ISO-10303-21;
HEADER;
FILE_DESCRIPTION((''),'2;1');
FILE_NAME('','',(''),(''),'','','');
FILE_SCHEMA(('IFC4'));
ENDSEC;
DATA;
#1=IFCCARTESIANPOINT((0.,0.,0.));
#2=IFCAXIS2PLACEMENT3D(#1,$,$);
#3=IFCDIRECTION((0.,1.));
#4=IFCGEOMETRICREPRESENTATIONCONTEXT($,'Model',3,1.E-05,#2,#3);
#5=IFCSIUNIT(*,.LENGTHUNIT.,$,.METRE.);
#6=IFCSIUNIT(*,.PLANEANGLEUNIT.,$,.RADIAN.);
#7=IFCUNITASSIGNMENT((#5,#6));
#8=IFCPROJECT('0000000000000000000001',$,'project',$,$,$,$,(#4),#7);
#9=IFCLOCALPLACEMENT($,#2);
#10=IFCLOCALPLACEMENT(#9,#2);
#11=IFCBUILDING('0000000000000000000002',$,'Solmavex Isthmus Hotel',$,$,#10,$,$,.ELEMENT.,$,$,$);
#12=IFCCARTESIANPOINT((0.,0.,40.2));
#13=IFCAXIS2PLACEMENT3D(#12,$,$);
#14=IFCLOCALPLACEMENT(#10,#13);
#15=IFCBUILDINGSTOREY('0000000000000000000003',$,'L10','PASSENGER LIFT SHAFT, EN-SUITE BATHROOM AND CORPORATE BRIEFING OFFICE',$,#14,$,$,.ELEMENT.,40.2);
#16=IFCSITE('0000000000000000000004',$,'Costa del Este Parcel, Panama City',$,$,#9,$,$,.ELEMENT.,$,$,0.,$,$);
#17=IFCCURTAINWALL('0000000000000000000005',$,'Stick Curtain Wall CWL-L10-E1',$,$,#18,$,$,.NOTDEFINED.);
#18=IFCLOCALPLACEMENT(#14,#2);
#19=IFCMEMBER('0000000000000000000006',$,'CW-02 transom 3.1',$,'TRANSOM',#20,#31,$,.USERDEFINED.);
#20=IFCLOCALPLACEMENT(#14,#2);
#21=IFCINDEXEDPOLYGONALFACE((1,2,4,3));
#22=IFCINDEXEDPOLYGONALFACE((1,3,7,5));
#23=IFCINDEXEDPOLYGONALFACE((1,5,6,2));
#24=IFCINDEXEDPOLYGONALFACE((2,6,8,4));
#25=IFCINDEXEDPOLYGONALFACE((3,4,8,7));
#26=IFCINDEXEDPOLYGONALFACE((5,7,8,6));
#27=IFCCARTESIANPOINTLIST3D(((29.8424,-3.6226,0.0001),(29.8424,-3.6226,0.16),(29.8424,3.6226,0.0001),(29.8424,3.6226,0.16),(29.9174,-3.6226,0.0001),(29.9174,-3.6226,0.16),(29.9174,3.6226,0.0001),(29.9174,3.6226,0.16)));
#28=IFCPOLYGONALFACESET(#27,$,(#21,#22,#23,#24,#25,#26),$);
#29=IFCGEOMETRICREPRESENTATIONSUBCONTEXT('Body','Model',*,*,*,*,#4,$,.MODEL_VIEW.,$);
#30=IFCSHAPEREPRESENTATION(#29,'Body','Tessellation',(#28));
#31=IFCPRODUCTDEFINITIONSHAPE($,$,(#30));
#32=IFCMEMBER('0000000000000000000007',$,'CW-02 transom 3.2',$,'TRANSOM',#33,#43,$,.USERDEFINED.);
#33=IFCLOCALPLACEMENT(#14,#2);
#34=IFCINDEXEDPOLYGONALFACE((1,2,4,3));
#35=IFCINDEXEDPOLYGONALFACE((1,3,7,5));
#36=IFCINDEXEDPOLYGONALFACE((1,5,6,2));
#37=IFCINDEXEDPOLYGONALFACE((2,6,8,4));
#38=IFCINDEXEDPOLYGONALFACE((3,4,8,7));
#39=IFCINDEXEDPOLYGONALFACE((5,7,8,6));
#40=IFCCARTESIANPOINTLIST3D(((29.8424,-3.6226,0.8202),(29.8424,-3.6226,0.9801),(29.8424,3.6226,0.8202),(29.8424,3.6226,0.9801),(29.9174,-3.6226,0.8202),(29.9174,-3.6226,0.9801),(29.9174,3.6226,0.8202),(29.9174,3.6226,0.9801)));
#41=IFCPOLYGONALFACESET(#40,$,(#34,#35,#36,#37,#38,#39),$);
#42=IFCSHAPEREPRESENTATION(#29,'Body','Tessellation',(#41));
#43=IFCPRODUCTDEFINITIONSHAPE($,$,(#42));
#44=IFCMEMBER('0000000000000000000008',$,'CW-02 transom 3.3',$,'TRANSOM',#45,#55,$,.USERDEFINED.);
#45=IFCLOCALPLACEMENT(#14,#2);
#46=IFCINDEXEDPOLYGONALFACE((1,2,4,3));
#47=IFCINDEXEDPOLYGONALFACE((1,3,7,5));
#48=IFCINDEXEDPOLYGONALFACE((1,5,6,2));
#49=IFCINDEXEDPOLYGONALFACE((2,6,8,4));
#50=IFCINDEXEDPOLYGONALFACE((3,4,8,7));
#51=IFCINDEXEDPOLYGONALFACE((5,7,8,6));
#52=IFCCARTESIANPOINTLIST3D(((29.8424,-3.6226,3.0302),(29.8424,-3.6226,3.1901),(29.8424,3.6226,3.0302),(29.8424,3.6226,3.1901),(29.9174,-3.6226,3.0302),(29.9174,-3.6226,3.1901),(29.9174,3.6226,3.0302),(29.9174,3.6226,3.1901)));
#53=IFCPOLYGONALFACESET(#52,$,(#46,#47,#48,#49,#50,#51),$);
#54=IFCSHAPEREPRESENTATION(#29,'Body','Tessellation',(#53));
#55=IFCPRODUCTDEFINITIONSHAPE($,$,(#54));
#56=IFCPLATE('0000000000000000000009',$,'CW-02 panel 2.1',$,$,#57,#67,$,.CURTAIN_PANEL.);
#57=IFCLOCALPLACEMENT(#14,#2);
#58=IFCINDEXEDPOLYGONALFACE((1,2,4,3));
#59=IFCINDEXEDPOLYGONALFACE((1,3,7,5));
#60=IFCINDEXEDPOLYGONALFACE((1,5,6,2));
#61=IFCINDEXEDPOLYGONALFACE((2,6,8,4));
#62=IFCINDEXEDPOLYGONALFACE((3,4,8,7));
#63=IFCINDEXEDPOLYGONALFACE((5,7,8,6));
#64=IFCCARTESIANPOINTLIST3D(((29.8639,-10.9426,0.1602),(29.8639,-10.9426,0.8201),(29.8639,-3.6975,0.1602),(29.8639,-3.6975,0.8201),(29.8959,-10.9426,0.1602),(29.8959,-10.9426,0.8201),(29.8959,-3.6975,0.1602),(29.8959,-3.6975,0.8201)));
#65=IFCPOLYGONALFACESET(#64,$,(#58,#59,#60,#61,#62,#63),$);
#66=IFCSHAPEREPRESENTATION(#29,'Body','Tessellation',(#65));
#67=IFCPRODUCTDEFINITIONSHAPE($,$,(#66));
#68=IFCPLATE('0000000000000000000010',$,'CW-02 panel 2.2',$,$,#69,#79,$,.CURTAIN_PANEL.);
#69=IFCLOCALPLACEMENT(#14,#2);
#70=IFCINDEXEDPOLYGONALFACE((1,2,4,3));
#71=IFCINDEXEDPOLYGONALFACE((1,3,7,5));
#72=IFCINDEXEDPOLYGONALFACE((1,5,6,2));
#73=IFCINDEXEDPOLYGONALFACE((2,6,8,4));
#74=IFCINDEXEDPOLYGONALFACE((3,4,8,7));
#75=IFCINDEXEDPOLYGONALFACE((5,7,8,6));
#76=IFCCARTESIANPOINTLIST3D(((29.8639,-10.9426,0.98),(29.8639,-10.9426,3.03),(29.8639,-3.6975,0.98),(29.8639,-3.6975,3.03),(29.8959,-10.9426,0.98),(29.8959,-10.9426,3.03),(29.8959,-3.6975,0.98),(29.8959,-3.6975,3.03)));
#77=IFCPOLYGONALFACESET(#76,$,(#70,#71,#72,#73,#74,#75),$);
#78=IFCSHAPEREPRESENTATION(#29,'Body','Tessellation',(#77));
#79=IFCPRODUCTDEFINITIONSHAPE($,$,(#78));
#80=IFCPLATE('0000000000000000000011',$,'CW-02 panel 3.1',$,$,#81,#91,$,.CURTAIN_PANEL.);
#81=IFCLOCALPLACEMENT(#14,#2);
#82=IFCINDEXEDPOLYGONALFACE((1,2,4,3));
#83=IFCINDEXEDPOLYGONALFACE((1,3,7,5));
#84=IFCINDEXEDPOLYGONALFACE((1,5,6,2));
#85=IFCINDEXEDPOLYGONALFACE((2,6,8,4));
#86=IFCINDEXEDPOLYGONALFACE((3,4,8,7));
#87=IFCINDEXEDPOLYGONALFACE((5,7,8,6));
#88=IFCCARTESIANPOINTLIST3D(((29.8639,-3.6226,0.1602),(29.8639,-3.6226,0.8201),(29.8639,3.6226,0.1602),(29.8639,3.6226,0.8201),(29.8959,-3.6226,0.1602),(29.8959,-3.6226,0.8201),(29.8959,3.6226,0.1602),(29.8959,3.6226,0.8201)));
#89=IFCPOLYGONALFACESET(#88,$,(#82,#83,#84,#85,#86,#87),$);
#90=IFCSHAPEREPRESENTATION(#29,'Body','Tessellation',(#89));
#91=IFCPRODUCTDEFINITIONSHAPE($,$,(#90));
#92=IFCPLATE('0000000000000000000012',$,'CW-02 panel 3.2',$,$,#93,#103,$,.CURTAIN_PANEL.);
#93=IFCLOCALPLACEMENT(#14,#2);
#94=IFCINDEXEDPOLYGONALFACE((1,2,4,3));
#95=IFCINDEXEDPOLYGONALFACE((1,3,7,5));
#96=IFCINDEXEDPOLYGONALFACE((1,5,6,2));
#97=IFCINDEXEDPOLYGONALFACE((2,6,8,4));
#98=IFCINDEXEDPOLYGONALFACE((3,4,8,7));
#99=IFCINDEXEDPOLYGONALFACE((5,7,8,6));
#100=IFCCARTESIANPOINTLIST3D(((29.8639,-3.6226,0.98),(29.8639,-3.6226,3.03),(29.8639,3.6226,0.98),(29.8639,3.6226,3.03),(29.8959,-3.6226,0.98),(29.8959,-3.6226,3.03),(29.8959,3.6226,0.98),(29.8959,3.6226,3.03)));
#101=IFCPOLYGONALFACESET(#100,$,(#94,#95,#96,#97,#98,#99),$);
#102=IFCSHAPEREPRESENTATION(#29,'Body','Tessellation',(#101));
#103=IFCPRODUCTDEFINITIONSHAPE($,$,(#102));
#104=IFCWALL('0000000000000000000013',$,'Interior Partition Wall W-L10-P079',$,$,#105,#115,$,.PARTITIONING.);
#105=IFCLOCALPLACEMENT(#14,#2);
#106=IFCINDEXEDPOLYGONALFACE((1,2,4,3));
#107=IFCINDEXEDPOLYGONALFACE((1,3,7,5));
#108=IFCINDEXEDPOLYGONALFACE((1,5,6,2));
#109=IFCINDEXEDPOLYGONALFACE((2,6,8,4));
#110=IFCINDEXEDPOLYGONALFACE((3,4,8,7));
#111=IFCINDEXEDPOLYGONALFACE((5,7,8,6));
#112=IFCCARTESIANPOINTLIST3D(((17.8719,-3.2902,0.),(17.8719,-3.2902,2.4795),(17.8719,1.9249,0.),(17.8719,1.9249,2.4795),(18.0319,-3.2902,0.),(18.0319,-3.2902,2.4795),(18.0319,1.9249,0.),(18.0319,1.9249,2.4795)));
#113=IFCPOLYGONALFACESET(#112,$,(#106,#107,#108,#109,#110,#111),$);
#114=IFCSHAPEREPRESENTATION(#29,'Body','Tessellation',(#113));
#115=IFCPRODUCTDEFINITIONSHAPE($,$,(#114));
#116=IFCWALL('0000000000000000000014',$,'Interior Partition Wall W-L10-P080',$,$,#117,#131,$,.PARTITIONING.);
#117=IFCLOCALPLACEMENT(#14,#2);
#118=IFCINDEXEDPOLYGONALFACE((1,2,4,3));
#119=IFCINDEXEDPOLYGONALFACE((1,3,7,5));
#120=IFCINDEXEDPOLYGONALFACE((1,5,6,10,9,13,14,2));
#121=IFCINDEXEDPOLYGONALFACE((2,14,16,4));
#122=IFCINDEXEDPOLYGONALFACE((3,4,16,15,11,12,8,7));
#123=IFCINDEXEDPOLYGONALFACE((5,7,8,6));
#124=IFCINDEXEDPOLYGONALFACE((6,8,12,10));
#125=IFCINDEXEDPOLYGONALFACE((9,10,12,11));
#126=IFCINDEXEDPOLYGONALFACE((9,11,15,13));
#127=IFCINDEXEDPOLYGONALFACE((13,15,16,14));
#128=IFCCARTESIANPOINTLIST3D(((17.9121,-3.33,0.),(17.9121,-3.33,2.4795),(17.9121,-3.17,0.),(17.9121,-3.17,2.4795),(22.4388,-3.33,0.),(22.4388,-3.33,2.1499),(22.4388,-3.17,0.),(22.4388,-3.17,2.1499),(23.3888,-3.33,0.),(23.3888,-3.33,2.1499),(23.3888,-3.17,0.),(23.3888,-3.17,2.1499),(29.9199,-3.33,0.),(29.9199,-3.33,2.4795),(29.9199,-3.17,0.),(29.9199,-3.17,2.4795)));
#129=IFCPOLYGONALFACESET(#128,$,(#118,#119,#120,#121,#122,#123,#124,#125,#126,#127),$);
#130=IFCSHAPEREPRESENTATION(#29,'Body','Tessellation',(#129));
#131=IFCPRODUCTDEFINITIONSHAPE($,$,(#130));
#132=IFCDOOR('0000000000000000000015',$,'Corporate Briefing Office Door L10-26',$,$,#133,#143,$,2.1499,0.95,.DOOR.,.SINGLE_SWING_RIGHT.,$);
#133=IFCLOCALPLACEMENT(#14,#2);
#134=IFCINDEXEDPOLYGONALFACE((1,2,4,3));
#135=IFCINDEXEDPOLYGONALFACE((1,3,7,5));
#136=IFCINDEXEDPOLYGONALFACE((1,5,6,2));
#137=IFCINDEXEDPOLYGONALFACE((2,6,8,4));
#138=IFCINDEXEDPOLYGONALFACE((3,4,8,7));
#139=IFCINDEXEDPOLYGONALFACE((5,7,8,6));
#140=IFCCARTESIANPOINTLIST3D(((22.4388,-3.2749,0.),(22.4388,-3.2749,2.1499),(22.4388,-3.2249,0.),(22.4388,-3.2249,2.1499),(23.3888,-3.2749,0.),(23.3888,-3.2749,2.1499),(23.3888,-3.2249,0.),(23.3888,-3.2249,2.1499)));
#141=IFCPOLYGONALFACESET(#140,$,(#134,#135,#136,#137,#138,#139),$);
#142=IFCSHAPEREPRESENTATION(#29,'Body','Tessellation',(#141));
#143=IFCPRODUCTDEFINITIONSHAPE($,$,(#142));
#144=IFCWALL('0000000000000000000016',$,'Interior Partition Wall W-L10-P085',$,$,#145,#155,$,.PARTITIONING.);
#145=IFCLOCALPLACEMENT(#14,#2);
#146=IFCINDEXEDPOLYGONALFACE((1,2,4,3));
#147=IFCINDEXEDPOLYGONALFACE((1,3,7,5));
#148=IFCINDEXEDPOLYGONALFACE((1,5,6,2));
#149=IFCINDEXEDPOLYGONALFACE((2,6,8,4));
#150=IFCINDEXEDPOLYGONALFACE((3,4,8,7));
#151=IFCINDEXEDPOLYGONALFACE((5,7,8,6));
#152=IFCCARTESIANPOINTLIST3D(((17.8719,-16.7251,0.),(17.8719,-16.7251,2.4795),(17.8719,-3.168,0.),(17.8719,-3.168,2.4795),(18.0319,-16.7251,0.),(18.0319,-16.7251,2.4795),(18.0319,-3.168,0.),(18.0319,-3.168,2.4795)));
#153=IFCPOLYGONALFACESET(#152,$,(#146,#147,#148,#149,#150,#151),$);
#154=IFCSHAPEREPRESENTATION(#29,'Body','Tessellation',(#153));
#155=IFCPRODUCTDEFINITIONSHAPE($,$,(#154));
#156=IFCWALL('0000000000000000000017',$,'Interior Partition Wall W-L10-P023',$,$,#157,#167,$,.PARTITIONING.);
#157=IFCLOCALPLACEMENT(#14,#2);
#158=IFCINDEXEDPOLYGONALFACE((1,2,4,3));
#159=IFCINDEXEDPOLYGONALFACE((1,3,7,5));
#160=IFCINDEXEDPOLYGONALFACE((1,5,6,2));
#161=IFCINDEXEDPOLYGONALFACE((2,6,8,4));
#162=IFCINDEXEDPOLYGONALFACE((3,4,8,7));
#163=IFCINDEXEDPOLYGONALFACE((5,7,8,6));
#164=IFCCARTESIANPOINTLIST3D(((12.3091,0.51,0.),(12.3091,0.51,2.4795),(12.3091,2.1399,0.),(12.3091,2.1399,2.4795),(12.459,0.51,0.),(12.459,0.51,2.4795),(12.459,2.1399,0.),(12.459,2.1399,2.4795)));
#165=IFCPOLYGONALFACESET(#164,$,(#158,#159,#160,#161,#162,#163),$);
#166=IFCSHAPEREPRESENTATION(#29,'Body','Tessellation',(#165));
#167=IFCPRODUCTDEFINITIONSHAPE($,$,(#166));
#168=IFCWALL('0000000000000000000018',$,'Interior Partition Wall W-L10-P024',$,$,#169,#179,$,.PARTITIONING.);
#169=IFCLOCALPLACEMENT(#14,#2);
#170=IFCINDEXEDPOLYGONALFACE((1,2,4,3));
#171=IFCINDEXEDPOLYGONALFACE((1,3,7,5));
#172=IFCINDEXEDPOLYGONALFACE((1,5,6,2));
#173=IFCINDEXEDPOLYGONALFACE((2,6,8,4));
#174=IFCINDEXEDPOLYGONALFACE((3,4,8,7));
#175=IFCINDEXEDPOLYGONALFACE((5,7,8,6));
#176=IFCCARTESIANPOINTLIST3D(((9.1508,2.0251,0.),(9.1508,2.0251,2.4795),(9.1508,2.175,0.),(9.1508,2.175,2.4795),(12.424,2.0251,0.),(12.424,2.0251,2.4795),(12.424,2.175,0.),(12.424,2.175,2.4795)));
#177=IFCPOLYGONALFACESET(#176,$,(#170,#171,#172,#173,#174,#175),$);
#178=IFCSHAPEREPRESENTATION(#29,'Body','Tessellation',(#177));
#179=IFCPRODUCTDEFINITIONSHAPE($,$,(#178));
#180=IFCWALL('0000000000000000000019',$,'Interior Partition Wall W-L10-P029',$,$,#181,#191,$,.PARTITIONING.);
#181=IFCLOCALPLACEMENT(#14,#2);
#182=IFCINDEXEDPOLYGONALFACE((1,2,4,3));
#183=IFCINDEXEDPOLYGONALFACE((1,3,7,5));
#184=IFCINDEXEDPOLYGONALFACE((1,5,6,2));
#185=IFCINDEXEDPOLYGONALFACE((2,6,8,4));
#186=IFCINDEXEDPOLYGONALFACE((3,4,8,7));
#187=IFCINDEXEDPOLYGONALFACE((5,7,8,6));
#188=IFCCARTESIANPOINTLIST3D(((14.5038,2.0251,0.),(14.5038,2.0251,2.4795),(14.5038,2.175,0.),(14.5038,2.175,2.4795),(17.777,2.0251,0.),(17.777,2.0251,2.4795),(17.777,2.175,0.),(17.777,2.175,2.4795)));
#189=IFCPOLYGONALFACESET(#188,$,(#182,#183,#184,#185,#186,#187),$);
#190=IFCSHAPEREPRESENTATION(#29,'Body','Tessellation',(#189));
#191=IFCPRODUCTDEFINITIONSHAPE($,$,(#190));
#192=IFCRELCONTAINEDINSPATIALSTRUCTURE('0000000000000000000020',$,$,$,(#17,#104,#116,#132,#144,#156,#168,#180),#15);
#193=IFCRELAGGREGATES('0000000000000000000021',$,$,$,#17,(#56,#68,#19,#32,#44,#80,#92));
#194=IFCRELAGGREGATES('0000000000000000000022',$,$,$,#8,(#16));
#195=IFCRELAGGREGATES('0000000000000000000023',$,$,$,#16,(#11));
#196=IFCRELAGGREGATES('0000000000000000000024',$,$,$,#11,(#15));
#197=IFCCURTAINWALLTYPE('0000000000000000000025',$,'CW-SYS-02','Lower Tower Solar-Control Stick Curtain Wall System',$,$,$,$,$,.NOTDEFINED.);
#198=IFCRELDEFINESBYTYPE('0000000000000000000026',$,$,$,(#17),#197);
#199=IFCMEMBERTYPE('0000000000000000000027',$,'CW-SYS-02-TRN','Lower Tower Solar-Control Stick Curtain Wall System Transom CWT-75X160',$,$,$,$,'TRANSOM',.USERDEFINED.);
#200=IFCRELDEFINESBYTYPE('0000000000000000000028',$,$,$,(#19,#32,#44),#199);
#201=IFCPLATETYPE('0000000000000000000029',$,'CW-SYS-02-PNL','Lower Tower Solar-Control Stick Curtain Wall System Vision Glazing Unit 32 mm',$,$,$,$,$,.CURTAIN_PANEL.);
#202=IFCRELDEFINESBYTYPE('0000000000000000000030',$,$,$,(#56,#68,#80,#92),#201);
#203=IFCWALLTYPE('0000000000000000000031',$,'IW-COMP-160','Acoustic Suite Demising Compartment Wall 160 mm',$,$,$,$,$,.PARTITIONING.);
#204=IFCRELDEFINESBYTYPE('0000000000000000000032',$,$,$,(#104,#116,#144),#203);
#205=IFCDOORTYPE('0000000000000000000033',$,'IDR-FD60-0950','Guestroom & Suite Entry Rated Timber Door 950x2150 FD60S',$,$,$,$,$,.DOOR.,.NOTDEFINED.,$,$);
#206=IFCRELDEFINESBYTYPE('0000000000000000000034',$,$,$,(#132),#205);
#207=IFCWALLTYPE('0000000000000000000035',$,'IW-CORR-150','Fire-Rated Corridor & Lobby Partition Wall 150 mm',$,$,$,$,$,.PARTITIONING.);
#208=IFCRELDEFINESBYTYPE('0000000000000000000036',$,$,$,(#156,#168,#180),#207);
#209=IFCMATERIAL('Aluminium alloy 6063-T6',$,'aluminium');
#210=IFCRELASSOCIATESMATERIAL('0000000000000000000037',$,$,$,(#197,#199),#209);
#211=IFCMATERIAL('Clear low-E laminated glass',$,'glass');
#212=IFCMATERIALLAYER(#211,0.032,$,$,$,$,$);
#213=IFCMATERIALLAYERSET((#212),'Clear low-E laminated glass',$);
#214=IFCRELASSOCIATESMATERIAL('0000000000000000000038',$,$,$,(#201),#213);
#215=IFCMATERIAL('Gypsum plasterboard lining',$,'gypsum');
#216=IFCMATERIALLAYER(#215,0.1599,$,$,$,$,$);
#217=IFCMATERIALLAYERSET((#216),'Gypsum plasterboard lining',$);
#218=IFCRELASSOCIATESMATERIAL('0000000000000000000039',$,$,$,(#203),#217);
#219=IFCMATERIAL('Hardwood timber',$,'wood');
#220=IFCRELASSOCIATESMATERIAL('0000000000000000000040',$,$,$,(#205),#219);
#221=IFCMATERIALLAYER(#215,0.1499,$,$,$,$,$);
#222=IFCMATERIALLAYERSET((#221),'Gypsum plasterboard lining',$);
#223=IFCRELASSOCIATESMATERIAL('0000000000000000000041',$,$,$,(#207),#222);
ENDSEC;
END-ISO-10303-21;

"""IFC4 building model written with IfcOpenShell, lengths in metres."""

from ifc_helpers import new_model, si_unit, direction, frame, frame_2d, origin, origin_2d, place, context, subcontext, project, spatial, rectangle, extrude, material, layer, layer_set, material_profile, profile_set, type_object, element, fill, aggregate, save


model = new_model("IFC4")

# Units and contexts
model_context = context("Model", 3, precision=1e-05, world=origin(), true_north=direction((0.0, 1.0)))
body_context = subcontext(model_context, "Body", "Model", "MODEL_VIEW")
ifc_project = project(units=[si_unit("LENGTHUNIT", "METRE"), si_unit("PLANEANGLEUNIT", "RADIAN")], contexts=[model_context])

# Site, building, storey
site_placement = place(None, origin())
site = spatial("IfcSite", under=ifc_project, at=site_placement, Name="Costa del Este Parcel, Panama City", CompositionType="ELEMENT", RefElevation=0.0)
building_placement = place(site_placement, origin())
building = spatial("IfcBuilding", under=site, at=building_placement, Name="Solmavex Isthmus Hotel", CompositionType="ELEMENT")
storey_placement = place(building_placement, frame((0.0, 0.0, 40.2)))
storey = spatial("IfcBuildingStorey", under=building, at=storey_placement, Name="L10", Description="PASSENGER LIFT SHAFT, EN-SUITE BATHROOM AND CORPORATE BRIEFING OFFICE", CompositionType="ELEMENT", Elevation=40.2)

# Curtain wall, members, plates
ifc_material_1 = material(Name="Aluminium alloy 6063-T6", Category="aluminium")
curtain_wall_type = type_object("IfcCurtainWallType", Name="CW-SYS-02", Description="Lower Tower Solar-Control Stick Curtain Wall System", PredefinedType="NOTDEFINED", material=ifc_material_1)
curtain_wall_placement = place(storey_placement, origin())
curtain_wall = element("IfcCurtainWall", 1, at=curtain_wall_placement, inside=storey, type_object=curtain_wall_type, Name="Stick Curtain Wall CWL-L10-E1", PredefinedType="NOTDEFINED")
ifc_material_profile_1 = material_profile(ifc_material_1, rectangle(XDim=0.075, YDim=0.1599, at=origin_2d()), Name="CWT-75X160")
ifc_profile_set_1 = profile_set([ifc_material_profile_1], Name="Aluminium alloy 6063-T6")
member_type_1 = type_object("IfcMemberType", Name="CW-SYS-02-TRN", Description="Lower Tower Solar-Control Stick Curtain Wall System Transom CWT-75X160", ElementType="TRANSOM", PredefinedType="USERDEFINED", material=ifc_profile_set_1)
member_1_placement = place(storey_placement, frame((29.8799, -3.6226, 0.0801), z_axis=(0.0, 1.0, 0.0), x_axis=(-1.0, 0.0, 0.0)))
member_1 = element("IfcMember", 2, at=member_1_placement, type_object=member_type_1, Name="CW-02 transom 3.1", ObjectType="TRANSOM", PredefinedType="USERDEFINED", context=body_context, shape_type="SweptSolid", body=[
    extrude(rectangle(XDim=0.075, YDim=0.1599, at=origin_2d()), origin(), (0.0, 0.0, 1.0), 7.2451),
])
member_2_placement = place(storey_placement, frame((29.8799, -3.6226, 0.9001), z_axis=(0.0, 1.0, 0.0), x_axis=(-1.0, 0.0, 0.0)))
member_2 = element("IfcMember", 3, at=member_2_placement, type_object=member_type_1, Name="CW-02 transom 3.2", ObjectType="TRANSOM", PredefinedType="USERDEFINED", context=body_context, shape_type="SweptSolid", body=[
    extrude(rectangle(XDim=0.075, YDim=0.1599, at=origin_2d()), origin(), (0.0, 0.0, 1.0), 7.2451),
])
member_3_placement = place(storey_placement, frame((29.8799, -3.6226, 3.1101), z_axis=(0.0, 1.0, 0.0), x_axis=(-1.0, 0.0, 0.0)))
member_3 = element("IfcMember", 4, at=member_3_placement, type_object=member_type_1, Name="CW-02 transom 3.3", ObjectType="TRANSOM", PredefinedType="USERDEFINED", context=body_context, shape_type="SweptSolid", body=[
    extrude(rectangle(XDim=0.075, YDim=0.1599, at=origin_2d()), origin(), (0.0, 0.0, 1.0), 7.2451),
])
ifc_material_2 = material(Name="Clear low-E laminated glass", Category="glass")
ifc_layer_1 = layer(ifc_material_2, 0.032)
ifc_layer_set_1 = layer_set([ifc_layer_1], Name="Clear low-E laminated glass")
plate_type = type_object("IfcPlateType", Name="CW-SYS-02-PNL", Description="Lower Tower Solar-Control Stick Curtain Wall System Vision Glazing Unit 32 mm", PredefinedType="CURTAIN_PANEL", material=ifc_layer_set_1)
plate_1_placement = place(storey_placement, frame((29.8799, -7.3201, 0.1602), z_axis=(0.0, 0.0, 1.0), x_axis=(0.0, 1.0, 0.0)))
plate_1 = element("IfcPlate", 5, at=plate_1_placement, type_object=plate_type, Name="CW-02 panel 2.1", PredefinedType="CURTAIN_PANEL", context=body_context, shape_type="SweptSolid", body=[
    extrude(rectangle(XDim=7.2451, YDim=0.032, at=origin_2d()), origin(), (0.0, 0.0, 1.0), 0.6599),
])
plate_2_placement = place(storey_placement, frame((29.8799, -7.3201, 0.98), z_axis=(0.0, 0.0, 1.0), x_axis=(0.0, 1.0, 0.0)))
plate_2 = element("IfcPlate", 6, at=plate_2_placement, type_object=plate_type, Name="CW-02 panel 2.2", PredefinedType="CURTAIN_PANEL", context=body_context, shape_type="SweptSolid", body=[
    extrude(rectangle(XDim=7.2451, YDim=0.032, at=origin_2d()), origin(), (0.0, 0.0, 1.0), 2.05),
])
plate_3_placement = place(storey_placement, frame((29.8799, 0.0, 0.1602), z_axis=(0.0, 0.0, 1.0), x_axis=(0.0, 1.0, 0.0)))
plate_3 = element("IfcPlate", 7, at=plate_3_placement, type_object=plate_type, Name="CW-02 panel 3.1", PredefinedType="CURTAIN_PANEL", context=body_context, shape_type="SweptSolid", body=[
    extrude(rectangle(XDim=7.2451, YDim=0.032, at=origin_2d()), origin(), (0.0, 0.0, 1.0), 0.6599),
])
plate_4_placement = place(storey_placement, frame((29.8799, 0.0, 0.98), z_axis=(0.0, 0.0, 1.0), x_axis=(0.0, 1.0, 0.0)))
plate_4 = element("IfcPlate", 8, at=plate_4_placement, type_object=plate_type, Name="CW-02 panel 3.2", PredefinedType="CURTAIN_PANEL", context=body_context, shape_type="SweptSolid", body=[
    extrude(rectangle(XDim=7.2451, YDim=0.032, at=origin_2d()), origin(), (0.0, 0.0, 1.0), 2.05),
])
aggregate(curtain_wall, [plate_1, plate_2, member_1, member_2, member_3, plate_3, plate_4])

# Wall
ifc_material_3 = material(Name="Gypsum plasterboard lining", Category="gypsum")
ifc_layer_2 = layer(ifc_material_3, 0.1599)
ifc_layer_set_2 = layer_set([ifc_layer_2], Name="Gypsum plasterboard lining")
wall_type_1 = type_object("IfcWallType", Name="IW-COMP-160", Description="Acoustic Suite Demising Compartment Wall 160 mm", PredefinedType="PARTITIONING", material=ifc_layer_set_2)
wall_1_placement = place(storey_placement, frame((17.9519, -3.29, 0.0), z_axis=(0.0, 0.0, 1.0), x_axis=(0.0, 1.0, 0.0)))
element("IfcWall", 9, at=wall_1_placement, inside=storey, type_object=wall_type_1, Name="Interior Partition Wall W-L10-P079", PredefinedType="PARTITIONING", context=body_context, shape_type="SweptSolid", body=[
    extrude(rectangle(XDim=5.2151, YDim=0.1599, at=frame_2d((2.6074, 0.0))), origin(), (0.0, 0.0, 1.0), 2.4795),
])

# Wall, opening, door
wall_2_placement = place(storey_placement, frame((29.9199, -3.25, 0.0), z_axis=(0.0, 0.0, 1.0), x_axis=(-1.0, 0.0, 0.0)))
wall_2 = element("IfcWall", 10, at=wall_2_placement, inside=storey, type_object=wall_type_1, Name="Interior Partition Wall W-L10-P080", PredefinedType="PARTITIONING", context=body_context, shape_type="SweptSolid", body=[
    extrude(rectangle(XDim=12.0078, YDim=0.1599, at=frame_2d((6.0039, 0.0))), origin(), (0.0, 0.0, 1.0), 2.4795),
])
opening_1_placement = place(wall_2_placement, frame((6.531, 0.0, 0.0)))
opening_1 = element("IfcOpeningElement", 11, at=opening_1_placement, cuts=wall_2, PredefinedType="OPENING", context=body_context, shape_type="SweptSolid", body=[
    extrude(rectangle(XDim=0.95, YDim=2.1499, at=frame_2d((0.4751, 1.075))), frame((0.0, 0.0898, 0.0), z_axis=(0.0, -1.0, 0.0), x_axis=(1.0, 0.0, 0.0)), (0.0, 0.0, 1.0), 0.1799),
])
ifc_material_4 = material(Name="Hardwood timber", Category="wood")
door_type_1 = type_object("IfcDoorType", Name="IDR-FD60-0950", Description="Guestroom & Suite Entry Rated Timber Door 950x2150 FD60S", OperationType="NOTDEFINED", PredefinedType="DOOR", material=ifc_material_4)
door_1_placement = place(opening_1_placement, origin())
door_1 = element("IfcDoor", 12, at=door_1_placement, inside=storey, type_object=door_type_1, Name="Corporate Briefing Office Door L10-26", OperationType="SINGLE_SWING_RIGHT", OverallHeight=2.1499, OverallWidth=0.95, PredefinedType="DOOR", context=body_context, shape_type="SweptSolid", body=[
    extrude(rectangle(XDim=0.95, YDim=2.1499, at=frame_2d((0.4751, 1.075))), frame((0.0, 0.0249, 0.0), z_axis=(0.0, -1.0, 0.0), x_axis=(1.0, 0.0, 0.0)), (0.0, 0.0, 1.0), 0.05),
])
fill(opening_1, door_1)

# Walls
wall_3_placement = place(storey_placement, frame((17.9519, -3.168, 0.0), z_axis=(0.0, 0.0, 1.0), x_axis=(0.0, -1.0, 0.0)))
element("IfcWall", 13, at=wall_3_placement, inside=storey, type_object=wall_type_1, Name="Interior Partition Wall W-L10-P085", PredefinedType="PARTITIONING", context=body_context, shape_type="SweptSolid", body=[
    extrude(rectangle(XDim=13.5571, YDim=0.1599, at=frame_2d((6.7786, 0.0))), origin(), (0.0, 0.0, 1.0), 2.4795),
])
ifc_layer_3 = layer(ifc_material_3, 0.1499)
ifc_layer_set_3 = layer_set([ifc_layer_3], Name="Gypsum plasterboard lining")
wall_type_2 = type_object("IfcWallType", Name="IW-CORR-150", Description="Fire-Rated Corridor & Lobby Partition Wall 150 mm", PredefinedType="PARTITIONING", material=ifc_layer_set_3)
wall_4_placement = place(storey_placement, frame((12.384, 0.51, 0.0), z_axis=(0.0, 0.0, 1.0), x_axis=(0.0, 1.0, 0.0)))
element("IfcWall", 14, at=wall_4_placement, inside=storey, type_object=wall_type_2, Name="Interior Partition Wall W-L10-P023", PredefinedType="PARTITIONING", context=body_context, shape_type="SweptSolid", body=[
    extrude(rectangle(XDim=1.6299, YDim=0.1499, at=frame_2d((0.8149, 0.0))), origin(), (0.0, 0.0, 1.0), 2.4795),
])
for number, where, z_axis, x_axis, name in (
    (15, (12.4241, 2.1001, 0.0), (0.0, 0.0, 1.0), (-1.0, 0.0, 0.0), "Interior Partition Wall W-L10-P024"),
    (16, (17.7771, 2.1001, 0.0), (0.0, 0.0, 1.0), (-1.0, 0.0, 0.0), "Interior Partition Wall W-L10-P029"),
):
    element("IfcWall", number, at=place(storey_placement, frame(where, z_axis=z_axis, x_axis=x_axis)), inside=storey, type_object=wall_type_2, Name=name, PredefinedType="PARTITIONING", context=body_context, shape_type="SweptSolid", body=[
        extrude(rectangle(XDim=3.2732, YDim=0.1499, at=frame_2d((1.6367, 0.0))), origin(), (0.0, 0.0, 1.0), 2.4795),
    ])

save(model, "model.ifc")
